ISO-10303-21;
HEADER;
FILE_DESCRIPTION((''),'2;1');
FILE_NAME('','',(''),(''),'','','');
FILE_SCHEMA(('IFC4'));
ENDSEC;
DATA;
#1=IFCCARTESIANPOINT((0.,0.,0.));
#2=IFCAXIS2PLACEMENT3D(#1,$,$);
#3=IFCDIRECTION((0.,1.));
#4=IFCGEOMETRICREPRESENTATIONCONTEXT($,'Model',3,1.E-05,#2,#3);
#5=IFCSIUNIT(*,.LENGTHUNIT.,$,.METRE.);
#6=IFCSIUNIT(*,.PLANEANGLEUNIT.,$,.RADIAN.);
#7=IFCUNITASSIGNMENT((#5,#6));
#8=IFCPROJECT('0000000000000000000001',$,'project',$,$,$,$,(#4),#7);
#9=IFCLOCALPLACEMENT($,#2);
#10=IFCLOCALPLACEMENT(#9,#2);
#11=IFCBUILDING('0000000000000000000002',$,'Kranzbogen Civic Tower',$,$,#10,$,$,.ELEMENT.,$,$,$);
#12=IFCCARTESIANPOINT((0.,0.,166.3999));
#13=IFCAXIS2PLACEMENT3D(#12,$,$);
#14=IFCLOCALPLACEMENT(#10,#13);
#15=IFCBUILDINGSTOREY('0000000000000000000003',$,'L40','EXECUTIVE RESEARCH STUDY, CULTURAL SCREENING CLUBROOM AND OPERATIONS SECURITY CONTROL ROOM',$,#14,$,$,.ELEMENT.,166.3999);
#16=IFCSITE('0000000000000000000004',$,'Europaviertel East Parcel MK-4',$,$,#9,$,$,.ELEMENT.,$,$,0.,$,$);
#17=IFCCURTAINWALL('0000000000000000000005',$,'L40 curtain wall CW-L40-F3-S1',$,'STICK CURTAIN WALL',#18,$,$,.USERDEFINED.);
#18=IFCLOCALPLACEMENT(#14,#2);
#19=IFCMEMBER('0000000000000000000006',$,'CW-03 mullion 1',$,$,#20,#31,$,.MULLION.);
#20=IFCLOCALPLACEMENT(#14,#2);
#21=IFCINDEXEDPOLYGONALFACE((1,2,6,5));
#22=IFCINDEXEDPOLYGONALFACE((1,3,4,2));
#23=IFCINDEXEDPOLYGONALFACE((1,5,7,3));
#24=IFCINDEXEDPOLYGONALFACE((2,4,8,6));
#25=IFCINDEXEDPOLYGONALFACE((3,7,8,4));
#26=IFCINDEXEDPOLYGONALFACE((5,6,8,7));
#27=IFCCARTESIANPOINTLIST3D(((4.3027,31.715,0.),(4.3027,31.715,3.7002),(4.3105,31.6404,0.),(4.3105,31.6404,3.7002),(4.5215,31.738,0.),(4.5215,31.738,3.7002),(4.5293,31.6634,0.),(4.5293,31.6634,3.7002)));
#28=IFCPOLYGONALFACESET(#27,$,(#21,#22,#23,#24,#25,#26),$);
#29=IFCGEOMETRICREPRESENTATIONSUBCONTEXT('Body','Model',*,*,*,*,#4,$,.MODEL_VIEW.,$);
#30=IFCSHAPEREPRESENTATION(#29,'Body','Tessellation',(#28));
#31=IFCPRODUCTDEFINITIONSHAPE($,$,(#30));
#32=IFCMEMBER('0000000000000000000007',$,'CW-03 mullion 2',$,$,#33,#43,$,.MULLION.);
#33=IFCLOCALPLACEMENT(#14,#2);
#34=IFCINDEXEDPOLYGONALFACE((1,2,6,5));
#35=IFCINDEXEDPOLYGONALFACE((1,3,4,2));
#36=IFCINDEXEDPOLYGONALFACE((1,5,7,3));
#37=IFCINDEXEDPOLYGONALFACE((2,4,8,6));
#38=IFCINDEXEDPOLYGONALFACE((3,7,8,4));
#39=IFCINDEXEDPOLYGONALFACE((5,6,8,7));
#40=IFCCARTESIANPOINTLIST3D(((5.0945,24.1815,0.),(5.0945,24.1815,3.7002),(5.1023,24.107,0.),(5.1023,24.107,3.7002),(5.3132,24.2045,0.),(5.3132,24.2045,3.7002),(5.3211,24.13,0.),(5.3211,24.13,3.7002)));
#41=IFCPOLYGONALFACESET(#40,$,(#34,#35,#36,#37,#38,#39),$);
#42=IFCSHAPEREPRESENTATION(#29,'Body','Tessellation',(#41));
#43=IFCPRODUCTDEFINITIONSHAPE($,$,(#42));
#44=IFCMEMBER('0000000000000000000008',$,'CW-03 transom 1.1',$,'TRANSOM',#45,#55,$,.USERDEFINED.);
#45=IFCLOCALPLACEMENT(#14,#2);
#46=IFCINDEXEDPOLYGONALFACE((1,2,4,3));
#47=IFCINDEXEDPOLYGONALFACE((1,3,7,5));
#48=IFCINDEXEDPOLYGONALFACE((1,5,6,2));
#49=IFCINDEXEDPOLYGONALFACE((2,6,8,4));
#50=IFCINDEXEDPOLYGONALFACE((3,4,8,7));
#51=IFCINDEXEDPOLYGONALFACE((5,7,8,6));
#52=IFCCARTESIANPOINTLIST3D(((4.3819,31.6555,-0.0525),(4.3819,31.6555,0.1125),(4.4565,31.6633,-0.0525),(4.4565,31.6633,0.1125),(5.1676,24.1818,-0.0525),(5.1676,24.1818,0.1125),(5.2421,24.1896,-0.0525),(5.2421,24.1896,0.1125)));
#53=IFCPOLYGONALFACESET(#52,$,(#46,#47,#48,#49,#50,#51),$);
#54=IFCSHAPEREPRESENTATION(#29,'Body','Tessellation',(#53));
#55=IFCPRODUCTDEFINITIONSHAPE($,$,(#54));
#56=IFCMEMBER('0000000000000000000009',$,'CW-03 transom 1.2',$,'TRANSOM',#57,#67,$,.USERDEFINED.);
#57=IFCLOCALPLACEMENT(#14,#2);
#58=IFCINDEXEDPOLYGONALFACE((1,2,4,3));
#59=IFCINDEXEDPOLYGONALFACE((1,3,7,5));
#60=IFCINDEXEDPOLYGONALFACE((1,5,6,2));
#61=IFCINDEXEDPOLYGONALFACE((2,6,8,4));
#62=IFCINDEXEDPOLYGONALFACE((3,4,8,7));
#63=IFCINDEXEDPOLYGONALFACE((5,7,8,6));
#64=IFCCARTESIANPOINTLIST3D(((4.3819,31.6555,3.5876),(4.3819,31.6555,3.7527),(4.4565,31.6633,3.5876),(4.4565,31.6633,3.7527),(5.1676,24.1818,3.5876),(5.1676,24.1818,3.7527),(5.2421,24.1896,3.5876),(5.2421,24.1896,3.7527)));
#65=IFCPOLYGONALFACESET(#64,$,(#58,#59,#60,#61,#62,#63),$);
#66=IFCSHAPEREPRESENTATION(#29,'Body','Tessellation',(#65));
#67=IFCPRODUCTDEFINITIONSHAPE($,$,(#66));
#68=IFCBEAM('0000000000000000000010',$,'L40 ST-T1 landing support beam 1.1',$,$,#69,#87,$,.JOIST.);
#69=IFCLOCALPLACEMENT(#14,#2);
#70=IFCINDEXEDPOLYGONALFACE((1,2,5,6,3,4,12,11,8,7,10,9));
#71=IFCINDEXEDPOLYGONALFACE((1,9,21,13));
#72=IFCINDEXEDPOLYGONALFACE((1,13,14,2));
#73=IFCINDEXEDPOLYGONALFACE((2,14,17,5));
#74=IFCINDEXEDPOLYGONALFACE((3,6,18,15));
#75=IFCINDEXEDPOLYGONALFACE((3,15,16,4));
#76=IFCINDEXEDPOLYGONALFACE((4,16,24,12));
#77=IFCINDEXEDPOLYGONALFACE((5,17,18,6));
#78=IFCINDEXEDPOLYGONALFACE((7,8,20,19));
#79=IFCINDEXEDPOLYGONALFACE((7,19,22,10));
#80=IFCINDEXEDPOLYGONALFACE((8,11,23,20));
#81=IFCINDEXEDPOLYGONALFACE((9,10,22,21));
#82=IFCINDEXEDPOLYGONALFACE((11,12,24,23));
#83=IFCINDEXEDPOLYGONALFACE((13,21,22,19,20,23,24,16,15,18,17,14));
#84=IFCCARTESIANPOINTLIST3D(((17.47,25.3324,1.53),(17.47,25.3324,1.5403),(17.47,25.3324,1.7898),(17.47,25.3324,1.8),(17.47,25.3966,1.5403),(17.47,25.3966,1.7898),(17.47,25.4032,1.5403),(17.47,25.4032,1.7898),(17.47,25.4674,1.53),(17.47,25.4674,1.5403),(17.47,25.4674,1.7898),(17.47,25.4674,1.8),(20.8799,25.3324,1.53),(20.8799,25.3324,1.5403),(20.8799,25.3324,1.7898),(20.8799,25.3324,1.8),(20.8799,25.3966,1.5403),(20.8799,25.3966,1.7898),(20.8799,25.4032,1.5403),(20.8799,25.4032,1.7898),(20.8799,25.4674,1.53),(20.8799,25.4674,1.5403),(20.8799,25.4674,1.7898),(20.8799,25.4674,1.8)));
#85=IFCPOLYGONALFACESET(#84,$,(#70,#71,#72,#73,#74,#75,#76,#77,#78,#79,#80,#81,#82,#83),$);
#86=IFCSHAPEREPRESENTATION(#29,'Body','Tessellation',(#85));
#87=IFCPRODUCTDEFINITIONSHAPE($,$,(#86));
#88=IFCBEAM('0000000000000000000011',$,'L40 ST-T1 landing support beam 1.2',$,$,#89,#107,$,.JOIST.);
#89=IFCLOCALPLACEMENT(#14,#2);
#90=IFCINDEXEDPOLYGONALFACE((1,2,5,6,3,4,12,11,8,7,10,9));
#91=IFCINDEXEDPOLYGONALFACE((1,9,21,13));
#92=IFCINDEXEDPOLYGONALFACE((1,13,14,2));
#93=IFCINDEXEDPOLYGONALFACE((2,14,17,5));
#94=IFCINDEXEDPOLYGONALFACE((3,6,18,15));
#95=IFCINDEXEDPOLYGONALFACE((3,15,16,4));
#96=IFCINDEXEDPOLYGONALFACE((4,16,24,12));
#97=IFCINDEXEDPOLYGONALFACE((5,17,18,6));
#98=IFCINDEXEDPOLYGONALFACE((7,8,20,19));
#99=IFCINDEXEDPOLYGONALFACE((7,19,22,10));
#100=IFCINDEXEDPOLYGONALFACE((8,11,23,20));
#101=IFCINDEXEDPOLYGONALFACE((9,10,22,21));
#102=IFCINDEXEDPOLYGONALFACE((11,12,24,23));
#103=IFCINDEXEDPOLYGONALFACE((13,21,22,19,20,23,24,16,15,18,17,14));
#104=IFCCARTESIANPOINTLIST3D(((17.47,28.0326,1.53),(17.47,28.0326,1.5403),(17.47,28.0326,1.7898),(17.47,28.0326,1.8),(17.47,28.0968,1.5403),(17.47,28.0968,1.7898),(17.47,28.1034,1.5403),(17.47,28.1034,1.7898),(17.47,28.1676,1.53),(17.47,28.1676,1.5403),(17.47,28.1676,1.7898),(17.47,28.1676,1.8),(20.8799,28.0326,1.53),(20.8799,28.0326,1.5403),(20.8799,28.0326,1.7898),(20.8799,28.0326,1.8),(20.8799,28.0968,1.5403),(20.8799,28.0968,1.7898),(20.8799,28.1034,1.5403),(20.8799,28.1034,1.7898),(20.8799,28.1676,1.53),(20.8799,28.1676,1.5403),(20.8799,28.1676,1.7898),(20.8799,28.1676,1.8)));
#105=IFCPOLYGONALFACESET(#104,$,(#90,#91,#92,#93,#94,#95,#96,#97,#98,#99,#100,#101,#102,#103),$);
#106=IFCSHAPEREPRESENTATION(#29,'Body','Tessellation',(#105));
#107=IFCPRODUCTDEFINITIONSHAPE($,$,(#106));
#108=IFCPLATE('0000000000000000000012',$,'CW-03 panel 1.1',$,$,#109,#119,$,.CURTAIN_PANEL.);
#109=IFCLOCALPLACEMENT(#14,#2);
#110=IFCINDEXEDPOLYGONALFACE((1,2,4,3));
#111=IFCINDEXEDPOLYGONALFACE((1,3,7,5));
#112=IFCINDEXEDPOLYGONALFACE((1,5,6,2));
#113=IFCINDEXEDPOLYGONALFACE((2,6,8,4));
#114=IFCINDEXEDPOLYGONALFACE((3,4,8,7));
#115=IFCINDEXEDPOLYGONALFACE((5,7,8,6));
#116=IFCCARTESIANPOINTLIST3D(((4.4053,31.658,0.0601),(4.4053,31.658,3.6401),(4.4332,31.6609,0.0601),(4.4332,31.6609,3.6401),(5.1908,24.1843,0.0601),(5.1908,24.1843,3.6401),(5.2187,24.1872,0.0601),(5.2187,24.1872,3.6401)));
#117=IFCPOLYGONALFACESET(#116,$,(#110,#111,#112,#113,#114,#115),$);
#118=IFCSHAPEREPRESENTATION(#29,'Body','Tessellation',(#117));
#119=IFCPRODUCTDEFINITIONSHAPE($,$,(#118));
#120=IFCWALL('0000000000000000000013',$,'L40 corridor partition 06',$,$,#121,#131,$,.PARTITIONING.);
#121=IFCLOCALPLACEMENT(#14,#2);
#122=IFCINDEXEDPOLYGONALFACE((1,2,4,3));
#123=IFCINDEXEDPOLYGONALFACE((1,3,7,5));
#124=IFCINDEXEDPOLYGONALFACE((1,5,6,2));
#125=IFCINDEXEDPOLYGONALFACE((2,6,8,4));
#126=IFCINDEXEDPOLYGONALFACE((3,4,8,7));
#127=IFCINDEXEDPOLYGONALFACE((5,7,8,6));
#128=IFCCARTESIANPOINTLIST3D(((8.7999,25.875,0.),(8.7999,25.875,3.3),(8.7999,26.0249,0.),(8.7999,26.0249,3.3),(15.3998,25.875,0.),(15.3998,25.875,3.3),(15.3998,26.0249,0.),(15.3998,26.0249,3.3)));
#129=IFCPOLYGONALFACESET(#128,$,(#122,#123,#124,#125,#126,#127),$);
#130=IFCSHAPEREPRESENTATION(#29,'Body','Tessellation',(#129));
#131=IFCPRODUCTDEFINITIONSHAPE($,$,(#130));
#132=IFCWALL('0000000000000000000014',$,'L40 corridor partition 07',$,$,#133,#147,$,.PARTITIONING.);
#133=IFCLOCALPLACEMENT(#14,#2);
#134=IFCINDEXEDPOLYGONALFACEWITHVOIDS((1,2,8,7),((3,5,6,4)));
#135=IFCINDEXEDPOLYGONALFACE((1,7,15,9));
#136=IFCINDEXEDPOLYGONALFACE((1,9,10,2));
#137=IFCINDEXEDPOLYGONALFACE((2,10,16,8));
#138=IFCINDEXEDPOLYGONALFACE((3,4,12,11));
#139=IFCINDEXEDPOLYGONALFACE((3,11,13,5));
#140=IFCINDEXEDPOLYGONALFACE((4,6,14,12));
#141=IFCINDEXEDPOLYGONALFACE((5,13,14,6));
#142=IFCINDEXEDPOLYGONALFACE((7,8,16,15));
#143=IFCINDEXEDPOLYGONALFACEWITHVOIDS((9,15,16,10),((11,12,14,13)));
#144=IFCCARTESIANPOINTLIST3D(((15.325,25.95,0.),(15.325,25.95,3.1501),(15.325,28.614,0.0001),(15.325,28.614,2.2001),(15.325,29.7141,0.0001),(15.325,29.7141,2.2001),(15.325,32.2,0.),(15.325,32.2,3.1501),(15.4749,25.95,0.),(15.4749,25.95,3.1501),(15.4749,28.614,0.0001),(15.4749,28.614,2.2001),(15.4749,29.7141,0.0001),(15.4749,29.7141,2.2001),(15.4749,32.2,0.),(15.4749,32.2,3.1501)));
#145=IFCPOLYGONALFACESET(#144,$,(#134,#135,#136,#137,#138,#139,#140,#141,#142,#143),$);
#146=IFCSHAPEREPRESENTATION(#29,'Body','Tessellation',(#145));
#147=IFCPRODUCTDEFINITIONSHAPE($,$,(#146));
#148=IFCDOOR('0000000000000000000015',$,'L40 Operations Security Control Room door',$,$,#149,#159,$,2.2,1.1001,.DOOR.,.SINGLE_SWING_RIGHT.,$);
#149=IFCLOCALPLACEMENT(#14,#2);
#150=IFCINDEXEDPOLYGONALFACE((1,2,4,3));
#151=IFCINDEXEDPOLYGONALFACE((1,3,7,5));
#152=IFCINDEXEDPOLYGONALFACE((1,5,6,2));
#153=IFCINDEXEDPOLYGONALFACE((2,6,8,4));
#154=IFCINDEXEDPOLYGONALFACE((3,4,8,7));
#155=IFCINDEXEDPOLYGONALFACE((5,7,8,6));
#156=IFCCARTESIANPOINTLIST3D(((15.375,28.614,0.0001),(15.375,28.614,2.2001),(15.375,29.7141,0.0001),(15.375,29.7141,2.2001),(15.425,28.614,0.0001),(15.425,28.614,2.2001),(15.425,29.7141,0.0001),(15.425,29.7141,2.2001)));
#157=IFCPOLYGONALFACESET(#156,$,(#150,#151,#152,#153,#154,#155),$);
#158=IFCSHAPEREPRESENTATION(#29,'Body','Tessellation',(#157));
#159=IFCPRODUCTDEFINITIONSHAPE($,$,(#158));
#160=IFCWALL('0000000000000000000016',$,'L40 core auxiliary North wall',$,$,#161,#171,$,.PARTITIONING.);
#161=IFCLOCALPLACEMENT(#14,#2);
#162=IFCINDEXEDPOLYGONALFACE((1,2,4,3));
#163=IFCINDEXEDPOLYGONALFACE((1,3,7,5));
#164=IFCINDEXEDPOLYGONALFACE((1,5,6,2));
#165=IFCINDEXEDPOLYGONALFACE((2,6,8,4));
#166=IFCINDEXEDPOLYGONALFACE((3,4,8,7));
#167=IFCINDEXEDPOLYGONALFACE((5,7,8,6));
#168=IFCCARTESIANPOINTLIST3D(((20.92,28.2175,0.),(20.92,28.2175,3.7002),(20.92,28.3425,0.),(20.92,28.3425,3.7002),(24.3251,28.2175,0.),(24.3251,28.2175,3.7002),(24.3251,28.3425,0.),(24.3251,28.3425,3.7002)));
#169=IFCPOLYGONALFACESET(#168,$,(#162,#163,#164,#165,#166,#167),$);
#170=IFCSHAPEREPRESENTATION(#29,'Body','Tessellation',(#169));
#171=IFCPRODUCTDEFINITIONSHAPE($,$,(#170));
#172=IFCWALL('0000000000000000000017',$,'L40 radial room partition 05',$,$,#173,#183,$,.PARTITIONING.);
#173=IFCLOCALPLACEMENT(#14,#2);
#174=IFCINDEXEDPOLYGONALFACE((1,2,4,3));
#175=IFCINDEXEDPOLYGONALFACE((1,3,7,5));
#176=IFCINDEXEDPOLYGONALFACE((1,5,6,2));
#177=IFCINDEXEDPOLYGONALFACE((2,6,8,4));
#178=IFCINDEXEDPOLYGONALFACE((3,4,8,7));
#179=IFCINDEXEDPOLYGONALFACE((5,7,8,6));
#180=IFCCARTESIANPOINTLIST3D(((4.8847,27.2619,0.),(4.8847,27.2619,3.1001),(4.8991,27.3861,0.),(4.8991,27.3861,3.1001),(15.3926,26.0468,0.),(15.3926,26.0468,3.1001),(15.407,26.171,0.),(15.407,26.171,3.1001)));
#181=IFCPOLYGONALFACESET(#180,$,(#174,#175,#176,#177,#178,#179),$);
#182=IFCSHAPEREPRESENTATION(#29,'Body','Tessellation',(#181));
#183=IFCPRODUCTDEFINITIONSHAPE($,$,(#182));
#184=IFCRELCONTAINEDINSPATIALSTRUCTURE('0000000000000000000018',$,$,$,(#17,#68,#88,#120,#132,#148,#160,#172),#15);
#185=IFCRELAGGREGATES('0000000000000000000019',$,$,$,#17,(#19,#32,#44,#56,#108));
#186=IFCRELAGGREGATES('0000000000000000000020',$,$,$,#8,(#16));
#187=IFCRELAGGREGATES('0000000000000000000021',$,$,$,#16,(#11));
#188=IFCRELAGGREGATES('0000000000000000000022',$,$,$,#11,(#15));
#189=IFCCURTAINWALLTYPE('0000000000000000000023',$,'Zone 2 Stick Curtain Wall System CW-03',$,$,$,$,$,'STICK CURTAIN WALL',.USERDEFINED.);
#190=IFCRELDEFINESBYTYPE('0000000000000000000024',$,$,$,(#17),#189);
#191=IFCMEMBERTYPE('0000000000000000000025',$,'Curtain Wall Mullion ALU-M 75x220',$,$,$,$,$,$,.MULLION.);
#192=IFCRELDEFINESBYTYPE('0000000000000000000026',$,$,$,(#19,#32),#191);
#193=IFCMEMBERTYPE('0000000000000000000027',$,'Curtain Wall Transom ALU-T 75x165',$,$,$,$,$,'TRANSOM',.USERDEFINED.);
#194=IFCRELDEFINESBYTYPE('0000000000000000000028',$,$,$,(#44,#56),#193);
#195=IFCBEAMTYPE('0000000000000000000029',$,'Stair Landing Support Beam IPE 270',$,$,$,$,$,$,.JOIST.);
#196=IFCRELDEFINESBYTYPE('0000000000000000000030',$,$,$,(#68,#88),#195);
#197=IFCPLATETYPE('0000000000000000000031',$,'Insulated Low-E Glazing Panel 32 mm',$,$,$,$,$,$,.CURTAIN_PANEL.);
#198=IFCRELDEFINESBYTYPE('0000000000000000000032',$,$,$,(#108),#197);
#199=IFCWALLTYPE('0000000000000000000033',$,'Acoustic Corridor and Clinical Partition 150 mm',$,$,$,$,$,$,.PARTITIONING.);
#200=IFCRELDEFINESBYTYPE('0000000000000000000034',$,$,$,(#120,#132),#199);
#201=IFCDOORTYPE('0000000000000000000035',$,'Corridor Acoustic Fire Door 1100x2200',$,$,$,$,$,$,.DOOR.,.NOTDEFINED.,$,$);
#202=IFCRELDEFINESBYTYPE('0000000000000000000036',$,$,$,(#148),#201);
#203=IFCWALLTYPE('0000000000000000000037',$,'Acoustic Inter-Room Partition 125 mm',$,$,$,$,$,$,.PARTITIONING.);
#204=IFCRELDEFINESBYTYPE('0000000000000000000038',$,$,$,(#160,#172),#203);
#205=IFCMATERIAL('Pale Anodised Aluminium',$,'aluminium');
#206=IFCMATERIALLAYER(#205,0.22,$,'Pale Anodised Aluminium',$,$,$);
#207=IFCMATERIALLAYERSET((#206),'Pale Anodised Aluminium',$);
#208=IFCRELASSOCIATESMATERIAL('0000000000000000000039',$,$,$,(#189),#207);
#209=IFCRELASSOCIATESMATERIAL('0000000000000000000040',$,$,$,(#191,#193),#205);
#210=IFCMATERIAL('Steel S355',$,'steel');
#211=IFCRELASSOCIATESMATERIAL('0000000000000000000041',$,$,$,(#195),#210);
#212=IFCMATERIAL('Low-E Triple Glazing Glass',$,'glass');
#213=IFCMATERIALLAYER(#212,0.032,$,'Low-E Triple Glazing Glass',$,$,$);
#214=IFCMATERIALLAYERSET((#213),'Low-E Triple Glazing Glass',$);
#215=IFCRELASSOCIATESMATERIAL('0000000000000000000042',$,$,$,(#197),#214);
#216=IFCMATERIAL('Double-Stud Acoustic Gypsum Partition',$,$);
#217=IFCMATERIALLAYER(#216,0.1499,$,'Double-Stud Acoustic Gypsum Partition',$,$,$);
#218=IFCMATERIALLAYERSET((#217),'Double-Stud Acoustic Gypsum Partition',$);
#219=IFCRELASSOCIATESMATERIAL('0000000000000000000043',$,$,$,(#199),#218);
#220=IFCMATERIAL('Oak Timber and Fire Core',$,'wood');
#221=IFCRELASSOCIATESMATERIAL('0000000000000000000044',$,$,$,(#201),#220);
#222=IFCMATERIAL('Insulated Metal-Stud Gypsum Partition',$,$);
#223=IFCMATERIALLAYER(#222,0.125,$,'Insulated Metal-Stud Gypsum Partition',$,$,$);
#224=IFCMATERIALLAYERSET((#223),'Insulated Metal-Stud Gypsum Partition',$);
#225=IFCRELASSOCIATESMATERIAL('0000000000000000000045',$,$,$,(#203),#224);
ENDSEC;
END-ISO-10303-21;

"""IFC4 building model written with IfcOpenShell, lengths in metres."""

from ifc_helpers import new_model, si_unit, direction, frame, frame_2d, origin, origin_2d, place, context, subcontext, project, spatial, rectangle, i_section, extrude, material, layer, layer_set, material_profile, profile_set, type_object, element, fill, aggregate, save


model = new_model("IFC4")

# Units and contexts
model_context = context("Model", 3, precision=1e-05, world=origin(), true_north=direction((0.0, 1.0)))
body_context = subcontext(model_context, "Body", "Model", "MODEL_VIEW")
ifc_project = project(units=[si_unit("LENGTHUNIT", "METRE"), si_unit("PLANEANGLEUNIT", "RADIAN")], contexts=[model_context])

# Site, building, storey
site_placement = place(None, origin())
site = spatial("IfcSite", under=ifc_project, at=site_placement, Name="Europaviertel East Parcel MK-4", CompositionType="ELEMENT", RefElevation=0.0)
building_placement = place(site_placement, origin())
building = spatial("IfcBuilding", under=site, at=building_placement, Name="Kranzbogen Civic Tower", CompositionType="ELEMENT")
storey_placement = place(building_placement, frame((0.0, 0.0, 166.3999)))
storey = spatial("IfcBuildingStorey", under=building, at=storey_placement, Name="L40", Description="EXECUTIVE RESEARCH STUDY, CULTURAL SCREENING CLUBROOM AND OPERATIONS SECURITY CONTROL ROOM", CompositionType="ELEMENT", Elevation=166.3999)

# Curtain wall, members
ifc_material_1 = material(Name="Pale Anodised Aluminium", Category="aluminium")
ifc_layer_1 = layer(ifc_material_1, 0.22, Name="Pale Anodised Aluminium")
ifc_layer_set_1 = layer_set([ifc_layer_1], Name="Pale Anodised Aluminium")
curtain_wall_type = type_object("IfcCurtainWallType", Name="Zone 2 Stick Curtain Wall System CW-03", ElementType="STICK CURTAIN WALL", PredefinedType="USERDEFINED", material=ifc_layer_set_1)
curtain_wall_placement = place(storey_placement, origin())
curtain_wall = element("IfcCurtainWall", 1, at=curtain_wall_placement, inside=storey, type_object=curtain_wall_type, Name="L40 curtain wall CW-L40-F3-S1", ObjectType="STICK CURTAIN WALL", PredefinedType="USERDEFINED")
ifc_material_profile_1 = material_profile(ifc_material_1, rectangle(XDim=0.075, YDim=0.22, at=origin_2d()), Name="ALU-M 75x220")
ifc_profile_set_1 = profile_set([ifc_material_profile_1], Name="Pale Anodised Aluminium")
member_type_1 = type_object("IfcMemberType", Name="Curtain Wall Mullion ALU-M 75x220", PredefinedType="MULLION", material=ifc_profile_set_1)
member_1_placement = place(storey_placement, frame((4.416, 31.6892, 0.0), z_axis=(0.0, 0.0, 1.0), x_axis=(0.104521, -0.994523, 0.0)))
member_1 = element("IfcMember", 2, at=member_1_placement, type_object=member_type_1, Name="CW-03 mullion 1", PredefinedType="MULLION", context=body_context, shape_type="SweptSolid", body=[
    extrude(rectangle(XDim=0.075, YDim=0.22, at=origin_2d()), origin(), (0.0, 0.0, 1.0), 3.7002),
])
member_2_placement = place(storey_placement, frame((5.2078, 24.1558, 0.0), z_axis=(0.0, 0.0, 1.0), x_axis=(0.104521, -0.994523, 0.0)))
member_2 = element("IfcMember", 3, at=member_2_placement, type_object=member_type_1, Name="CW-03 mullion 2", PredefinedType="MULLION", context=body_context, shape_type="SweptSolid", body=[
    extrude(rectangle(XDim=0.075, YDim=0.22, at=origin_2d()), origin(), (0.0, 0.0, 1.0), 3.7002),
])
ifc_material_profile_2 = material_profile(ifc_material_1, rectangle(XDim=0.075, YDim=0.165, at=origin_2d()), Name="ALU-T 75x165")
ifc_profile_set_2 = profile_set([ifc_material_profile_2], Name="Pale Anodised Aluminium")
member_type_2 = type_object("IfcMemberType", Name="Curtain Wall Transom ALU-T 75x165", ElementType="TRANSOM", PredefinedType="USERDEFINED", material=ifc_profile_set_2)
member_3_placement = place(storey_placement, frame((4.4192, 31.6594, 0.03), z_axis=(0.104546, -0.99452, 0.0), x_axis=(0.99452, 0.104546, 0.0)))
member_3 = element("IfcMember", 4, at=member_3_placement, type_object=member_type_2, Name="CW-03 transom 1.1", ObjectType="TRANSOM", PredefinedType="USERDEFINED", context=body_context, shape_type="SweptSolid", body=[
    extrude(rectangle(XDim=0.075, YDim=0.165, at=origin_2d()), origin(), (0.0, 0.0, 1.0), 7.5149),
])
member_4_placement = place(storey_placement, frame((4.4192, 31.6594, 3.6702), z_axis=(0.104546, -0.99452, 0.0), x_axis=(0.99452, 0.104546, 0.0)))
member_4 = element("IfcMember", 5, at=member_4_placement, type_object=member_type_2, Name="CW-03 transom 1.2", ObjectType="TRANSOM", PredefinedType="USERDEFINED", context=body_context, shape_type="SweptSolid", body=[
    extrude(rectangle(XDim=0.075, YDim=0.165, at=origin_2d()), origin(), (0.0, 0.0, 1.0), 7.5149),
])

# Beams
ifc_material_2 = material(Name="Steel S355", Category="steel")
ifc_material_profile_3 = material_profile(ifc_material_2, i_section(OverallWidth=0.135, OverallDepth=0.27, WebThickness=0.0066, FlangeThickness=0.0103, at=origin_2d()), Name="IPE 270")
ifc_profile_set_3 = profile_set([ifc_material_profile_3], Name="Steel S355")
beam_type = type_object("IfcBeamType", Name="Stair Landing Support Beam IPE 270", PredefinedType="JOIST", material=ifc_profile_set_3)
for number, where, z_axis, x_axis, name in (
    (6, (20.8799, 25.3999, 1.665), (-1.0, 0.0, 0.0), (0.0, -1.0, 0.0), "L40 ST-T1 landing support beam 1.1"),
    (7, (20.8799, 28.1001, 1.665), (-1.0, 0.0, 0.0), (0.0, -1.0, 0.0), "L40 ST-T1 landing support beam 1.2"),
):
    element("IfcBeam", number, at=place(storey_placement, frame(where, z_axis=z_axis, x_axis=x_axis)), inside=storey, type_object=beam_type, Name=name, PredefinedType="JOIST", context=body_context, shape_type="SweptSolid", body=[
        extrude(i_section(OverallWidth=0.135, OverallDepth=0.27, WebThickness=0.0066, FlangeThickness=0.0103, at=origin_2d()), origin(), (0.0, 0.0, 1.0), 3.4099),
    ])

# Plate
ifc_material_3 = material(Name="Low-E Triple Glazing Glass", Category="glass")
ifc_layer_2 = layer(ifc_material_3, 0.032, Name="Low-E Triple Glazing Glass")
ifc_layer_set_2 = layer_set([ifc_layer_2], Name="Low-E Triple Glazing Glass")
plate_type = type_object("IfcPlateType", Name="Insulated Low-E Glazing Panel 32 mm", PredefinedType="CURTAIN_PANEL", material=ifc_layer_set_2)
plate_placement = place(storey_placement, frame((4.812, 27.9226, 0.0601), z_axis=(0.0, 0.0, 1.0), x_axis=(0.104521, -0.994523, 0.0)))
plate = element("IfcPlate", 8, at=plate_placement, type_object=plate_type, Name="CW-03 panel 1.1", PredefinedType="CURTAIN_PANEL", context=body_context, shape_type="SweptSolid", body=[
    extrude(rectangle(XDim=7.5149, YDim=0.0281, at=origin_2d()), origin(), (0.0, 0.0, 1.0), 3.5801),
])
aggregate(curtain_wall, [member_1, member_2, member_3, member_4, plate])

# Wall
ifc_material_4 = material(Name="Double-Stud Acoustic Gypsum Partition")
ifc_layer_3 = layer(ifc_material_4, 0.1499, Name="Double-Stud Acoustic Gypsum Partition")
ifc_layer_set_3 = layer_set([ifc_layer_3], Name="Double-Stud Acoustic Gypsum Partition")
wall_type_1 = type_object("IfcWallType", Name="Acoustic Corridor and Clinical Partition 150 mm", PredefinedType="PARTITIONING", material=ifc_layer_set_3)
wall_1_placement = place(storey_placement, frame((8.8, 25.95, 0.0), z_axis=(0.0, 0.0, 1.0), x_axis=(1.0, 0.0, 0.0)))
element("IfcWall", 9, at=wall_1_placement, inside=storey, type_object=wall_type_1, Name="L40 corridor partition 06", PredefinedType="PARTITIONING", context=body_context, shape_type="SweptSolid", body=[
    extrude(rectangle(XDim=6.5999, YDim=0.1499, at=frame_2d((3.2998, 0.0))), origin(), (0.0, 0.0, 1.0), 3.3),
])

# Wall, opening, door
wall_2_placement = place(storey_placement, frame((15.3999, 25.95, 0.0), z_axis=(0.0, 0.0, 1.0), x_axis=(0.0, 1.0, 0.0)))
wall_2 = element("IfcWall", 10, at=wall_2_placement, inside=storey, type_object=wall_type_1, Name="L40 corridor partition 07", PredefinedType="PARTITIONING", context=body_context, shape_type="SweptSolid", body=[
    extrude(rectangle(XDim=6.25, YDim=0.1499, at=frame_2d((3.125, 0.0))), origin(), (0.0, 0.0, 1.0), 3.1501),
])
opening_1_placement = place(wall_2_placement, frame((2.6641, 0.0, 0.0)))
opening_1 = element("IfcOpeningElement", 11, at=opening_1_placement, cuts=wall_2, PredefinedType="OPENING", context=body_context, shape_type="SweptSolid", body=[
    extrude(rectangle(XDim=1.1001, YDim=2.2, at=frame_2d((0.55, 1.1001))), frame((0.0, 0.085, 0.0), z_axis=(0.0, -1.0, 0.0), x_axis=(1.0, 0.0, 0.0)), (0.0, 0.0, 1.0), 0.1699),
])
ifc_material_5 = material(Name="Oak Timber and Fire Core", Category="wood")
door_type_1 = type_object("IfcDoorType", Name="Corridor Acoustic Fire Door 1100x2200", OperationType="NOTDEFINED", PredefinedType="DOOR", material=ifc_material_5)
door_1_placement = place(opening_1_placement, origin())
door_1 = element("IfcDoor", 12, at=door_1_placement, inside=storey, type_object=door_type_1, Name="L40 Operations Security Control Room door", OperationType="SINGLE_SWING_RIGHT", OverallHeight=2.2, OverallWidth=1.1001, PredefinedType="DOOR", context=body_context, shape_type="SweptSolid", body=[
    extrude(rectangle(XDim=1.1001, YDim=2.2, at=frame_2d((0.55, 1.1001))), frame((0.0, 0.0249, 0.0), z_axis=(0.0, -1.0, 0.0), x_axis=(1.0, 0.0, 0.0)), (0.0, 0.0, 1.0), 0.05),
])
fill(opening_1, door_1)

# Walls
ifc_material_6 = material(Name="Insulated Metal-Stud Gypsum Partition")
ifc_layer_4 = layer(ifc_material_6, 0.125, Name="Insulated Metal-Stud Gypsum Partition")
ifc_layer_set_4 = layer_set([ifc_layer_4], Name="Insulated Metal-Stud Gypsum Partition")
wall_type_2 = type_object("IfcWallType", Name="Acoustic Inter-Room Partition 125 mm", PredefinedType="PARTITIONING", material=ifc_layer_set_4)
wall_3_placement = place(storey_placement, frame((20.9199, 28.28, 0.0), z_axis=(0.0, 0.0, 1.0), x_axis=(1.0, 0.0, 0.0)))
element("IfcWall", 13, at=wall_3_placement, inside=storey, type_object=wall_type_2, Name="L40 core auxiliary North wall", PredefinedType="PARTITIONING", context=body_context, shape_type="SweptSolid", body=[
    extrude(rectangle(XDim=3.405, YDim=0.125, at=frame_2d((1.7026, 0.0))), origin(), (0.0, 0.0, 1.0), 3.7002),
])
wall_4_placement = place(storey_placement, frame((15.3999, 26.1089, 0.0), z_axis=(0.0, 0.0, 1.0), x_axis=(-0.99338, 0.114871, 0.0)))
element("IfcWall", 14, at=wall_4_placement, inside=storey, type_object=wall_type_2, Name="L40 radial room partition 05", PredefinedType="PARTITIONING", context=body_context, shape_type="SweptSolid", body=[
    extrude(rectangle(XDim=10.5779, YDim=0.125, at=frame_2d((5.2891, 0.0))), origin(), (0.0, 0.0, 1.0), 3.1001),
])

save(model, "model.ifc")
